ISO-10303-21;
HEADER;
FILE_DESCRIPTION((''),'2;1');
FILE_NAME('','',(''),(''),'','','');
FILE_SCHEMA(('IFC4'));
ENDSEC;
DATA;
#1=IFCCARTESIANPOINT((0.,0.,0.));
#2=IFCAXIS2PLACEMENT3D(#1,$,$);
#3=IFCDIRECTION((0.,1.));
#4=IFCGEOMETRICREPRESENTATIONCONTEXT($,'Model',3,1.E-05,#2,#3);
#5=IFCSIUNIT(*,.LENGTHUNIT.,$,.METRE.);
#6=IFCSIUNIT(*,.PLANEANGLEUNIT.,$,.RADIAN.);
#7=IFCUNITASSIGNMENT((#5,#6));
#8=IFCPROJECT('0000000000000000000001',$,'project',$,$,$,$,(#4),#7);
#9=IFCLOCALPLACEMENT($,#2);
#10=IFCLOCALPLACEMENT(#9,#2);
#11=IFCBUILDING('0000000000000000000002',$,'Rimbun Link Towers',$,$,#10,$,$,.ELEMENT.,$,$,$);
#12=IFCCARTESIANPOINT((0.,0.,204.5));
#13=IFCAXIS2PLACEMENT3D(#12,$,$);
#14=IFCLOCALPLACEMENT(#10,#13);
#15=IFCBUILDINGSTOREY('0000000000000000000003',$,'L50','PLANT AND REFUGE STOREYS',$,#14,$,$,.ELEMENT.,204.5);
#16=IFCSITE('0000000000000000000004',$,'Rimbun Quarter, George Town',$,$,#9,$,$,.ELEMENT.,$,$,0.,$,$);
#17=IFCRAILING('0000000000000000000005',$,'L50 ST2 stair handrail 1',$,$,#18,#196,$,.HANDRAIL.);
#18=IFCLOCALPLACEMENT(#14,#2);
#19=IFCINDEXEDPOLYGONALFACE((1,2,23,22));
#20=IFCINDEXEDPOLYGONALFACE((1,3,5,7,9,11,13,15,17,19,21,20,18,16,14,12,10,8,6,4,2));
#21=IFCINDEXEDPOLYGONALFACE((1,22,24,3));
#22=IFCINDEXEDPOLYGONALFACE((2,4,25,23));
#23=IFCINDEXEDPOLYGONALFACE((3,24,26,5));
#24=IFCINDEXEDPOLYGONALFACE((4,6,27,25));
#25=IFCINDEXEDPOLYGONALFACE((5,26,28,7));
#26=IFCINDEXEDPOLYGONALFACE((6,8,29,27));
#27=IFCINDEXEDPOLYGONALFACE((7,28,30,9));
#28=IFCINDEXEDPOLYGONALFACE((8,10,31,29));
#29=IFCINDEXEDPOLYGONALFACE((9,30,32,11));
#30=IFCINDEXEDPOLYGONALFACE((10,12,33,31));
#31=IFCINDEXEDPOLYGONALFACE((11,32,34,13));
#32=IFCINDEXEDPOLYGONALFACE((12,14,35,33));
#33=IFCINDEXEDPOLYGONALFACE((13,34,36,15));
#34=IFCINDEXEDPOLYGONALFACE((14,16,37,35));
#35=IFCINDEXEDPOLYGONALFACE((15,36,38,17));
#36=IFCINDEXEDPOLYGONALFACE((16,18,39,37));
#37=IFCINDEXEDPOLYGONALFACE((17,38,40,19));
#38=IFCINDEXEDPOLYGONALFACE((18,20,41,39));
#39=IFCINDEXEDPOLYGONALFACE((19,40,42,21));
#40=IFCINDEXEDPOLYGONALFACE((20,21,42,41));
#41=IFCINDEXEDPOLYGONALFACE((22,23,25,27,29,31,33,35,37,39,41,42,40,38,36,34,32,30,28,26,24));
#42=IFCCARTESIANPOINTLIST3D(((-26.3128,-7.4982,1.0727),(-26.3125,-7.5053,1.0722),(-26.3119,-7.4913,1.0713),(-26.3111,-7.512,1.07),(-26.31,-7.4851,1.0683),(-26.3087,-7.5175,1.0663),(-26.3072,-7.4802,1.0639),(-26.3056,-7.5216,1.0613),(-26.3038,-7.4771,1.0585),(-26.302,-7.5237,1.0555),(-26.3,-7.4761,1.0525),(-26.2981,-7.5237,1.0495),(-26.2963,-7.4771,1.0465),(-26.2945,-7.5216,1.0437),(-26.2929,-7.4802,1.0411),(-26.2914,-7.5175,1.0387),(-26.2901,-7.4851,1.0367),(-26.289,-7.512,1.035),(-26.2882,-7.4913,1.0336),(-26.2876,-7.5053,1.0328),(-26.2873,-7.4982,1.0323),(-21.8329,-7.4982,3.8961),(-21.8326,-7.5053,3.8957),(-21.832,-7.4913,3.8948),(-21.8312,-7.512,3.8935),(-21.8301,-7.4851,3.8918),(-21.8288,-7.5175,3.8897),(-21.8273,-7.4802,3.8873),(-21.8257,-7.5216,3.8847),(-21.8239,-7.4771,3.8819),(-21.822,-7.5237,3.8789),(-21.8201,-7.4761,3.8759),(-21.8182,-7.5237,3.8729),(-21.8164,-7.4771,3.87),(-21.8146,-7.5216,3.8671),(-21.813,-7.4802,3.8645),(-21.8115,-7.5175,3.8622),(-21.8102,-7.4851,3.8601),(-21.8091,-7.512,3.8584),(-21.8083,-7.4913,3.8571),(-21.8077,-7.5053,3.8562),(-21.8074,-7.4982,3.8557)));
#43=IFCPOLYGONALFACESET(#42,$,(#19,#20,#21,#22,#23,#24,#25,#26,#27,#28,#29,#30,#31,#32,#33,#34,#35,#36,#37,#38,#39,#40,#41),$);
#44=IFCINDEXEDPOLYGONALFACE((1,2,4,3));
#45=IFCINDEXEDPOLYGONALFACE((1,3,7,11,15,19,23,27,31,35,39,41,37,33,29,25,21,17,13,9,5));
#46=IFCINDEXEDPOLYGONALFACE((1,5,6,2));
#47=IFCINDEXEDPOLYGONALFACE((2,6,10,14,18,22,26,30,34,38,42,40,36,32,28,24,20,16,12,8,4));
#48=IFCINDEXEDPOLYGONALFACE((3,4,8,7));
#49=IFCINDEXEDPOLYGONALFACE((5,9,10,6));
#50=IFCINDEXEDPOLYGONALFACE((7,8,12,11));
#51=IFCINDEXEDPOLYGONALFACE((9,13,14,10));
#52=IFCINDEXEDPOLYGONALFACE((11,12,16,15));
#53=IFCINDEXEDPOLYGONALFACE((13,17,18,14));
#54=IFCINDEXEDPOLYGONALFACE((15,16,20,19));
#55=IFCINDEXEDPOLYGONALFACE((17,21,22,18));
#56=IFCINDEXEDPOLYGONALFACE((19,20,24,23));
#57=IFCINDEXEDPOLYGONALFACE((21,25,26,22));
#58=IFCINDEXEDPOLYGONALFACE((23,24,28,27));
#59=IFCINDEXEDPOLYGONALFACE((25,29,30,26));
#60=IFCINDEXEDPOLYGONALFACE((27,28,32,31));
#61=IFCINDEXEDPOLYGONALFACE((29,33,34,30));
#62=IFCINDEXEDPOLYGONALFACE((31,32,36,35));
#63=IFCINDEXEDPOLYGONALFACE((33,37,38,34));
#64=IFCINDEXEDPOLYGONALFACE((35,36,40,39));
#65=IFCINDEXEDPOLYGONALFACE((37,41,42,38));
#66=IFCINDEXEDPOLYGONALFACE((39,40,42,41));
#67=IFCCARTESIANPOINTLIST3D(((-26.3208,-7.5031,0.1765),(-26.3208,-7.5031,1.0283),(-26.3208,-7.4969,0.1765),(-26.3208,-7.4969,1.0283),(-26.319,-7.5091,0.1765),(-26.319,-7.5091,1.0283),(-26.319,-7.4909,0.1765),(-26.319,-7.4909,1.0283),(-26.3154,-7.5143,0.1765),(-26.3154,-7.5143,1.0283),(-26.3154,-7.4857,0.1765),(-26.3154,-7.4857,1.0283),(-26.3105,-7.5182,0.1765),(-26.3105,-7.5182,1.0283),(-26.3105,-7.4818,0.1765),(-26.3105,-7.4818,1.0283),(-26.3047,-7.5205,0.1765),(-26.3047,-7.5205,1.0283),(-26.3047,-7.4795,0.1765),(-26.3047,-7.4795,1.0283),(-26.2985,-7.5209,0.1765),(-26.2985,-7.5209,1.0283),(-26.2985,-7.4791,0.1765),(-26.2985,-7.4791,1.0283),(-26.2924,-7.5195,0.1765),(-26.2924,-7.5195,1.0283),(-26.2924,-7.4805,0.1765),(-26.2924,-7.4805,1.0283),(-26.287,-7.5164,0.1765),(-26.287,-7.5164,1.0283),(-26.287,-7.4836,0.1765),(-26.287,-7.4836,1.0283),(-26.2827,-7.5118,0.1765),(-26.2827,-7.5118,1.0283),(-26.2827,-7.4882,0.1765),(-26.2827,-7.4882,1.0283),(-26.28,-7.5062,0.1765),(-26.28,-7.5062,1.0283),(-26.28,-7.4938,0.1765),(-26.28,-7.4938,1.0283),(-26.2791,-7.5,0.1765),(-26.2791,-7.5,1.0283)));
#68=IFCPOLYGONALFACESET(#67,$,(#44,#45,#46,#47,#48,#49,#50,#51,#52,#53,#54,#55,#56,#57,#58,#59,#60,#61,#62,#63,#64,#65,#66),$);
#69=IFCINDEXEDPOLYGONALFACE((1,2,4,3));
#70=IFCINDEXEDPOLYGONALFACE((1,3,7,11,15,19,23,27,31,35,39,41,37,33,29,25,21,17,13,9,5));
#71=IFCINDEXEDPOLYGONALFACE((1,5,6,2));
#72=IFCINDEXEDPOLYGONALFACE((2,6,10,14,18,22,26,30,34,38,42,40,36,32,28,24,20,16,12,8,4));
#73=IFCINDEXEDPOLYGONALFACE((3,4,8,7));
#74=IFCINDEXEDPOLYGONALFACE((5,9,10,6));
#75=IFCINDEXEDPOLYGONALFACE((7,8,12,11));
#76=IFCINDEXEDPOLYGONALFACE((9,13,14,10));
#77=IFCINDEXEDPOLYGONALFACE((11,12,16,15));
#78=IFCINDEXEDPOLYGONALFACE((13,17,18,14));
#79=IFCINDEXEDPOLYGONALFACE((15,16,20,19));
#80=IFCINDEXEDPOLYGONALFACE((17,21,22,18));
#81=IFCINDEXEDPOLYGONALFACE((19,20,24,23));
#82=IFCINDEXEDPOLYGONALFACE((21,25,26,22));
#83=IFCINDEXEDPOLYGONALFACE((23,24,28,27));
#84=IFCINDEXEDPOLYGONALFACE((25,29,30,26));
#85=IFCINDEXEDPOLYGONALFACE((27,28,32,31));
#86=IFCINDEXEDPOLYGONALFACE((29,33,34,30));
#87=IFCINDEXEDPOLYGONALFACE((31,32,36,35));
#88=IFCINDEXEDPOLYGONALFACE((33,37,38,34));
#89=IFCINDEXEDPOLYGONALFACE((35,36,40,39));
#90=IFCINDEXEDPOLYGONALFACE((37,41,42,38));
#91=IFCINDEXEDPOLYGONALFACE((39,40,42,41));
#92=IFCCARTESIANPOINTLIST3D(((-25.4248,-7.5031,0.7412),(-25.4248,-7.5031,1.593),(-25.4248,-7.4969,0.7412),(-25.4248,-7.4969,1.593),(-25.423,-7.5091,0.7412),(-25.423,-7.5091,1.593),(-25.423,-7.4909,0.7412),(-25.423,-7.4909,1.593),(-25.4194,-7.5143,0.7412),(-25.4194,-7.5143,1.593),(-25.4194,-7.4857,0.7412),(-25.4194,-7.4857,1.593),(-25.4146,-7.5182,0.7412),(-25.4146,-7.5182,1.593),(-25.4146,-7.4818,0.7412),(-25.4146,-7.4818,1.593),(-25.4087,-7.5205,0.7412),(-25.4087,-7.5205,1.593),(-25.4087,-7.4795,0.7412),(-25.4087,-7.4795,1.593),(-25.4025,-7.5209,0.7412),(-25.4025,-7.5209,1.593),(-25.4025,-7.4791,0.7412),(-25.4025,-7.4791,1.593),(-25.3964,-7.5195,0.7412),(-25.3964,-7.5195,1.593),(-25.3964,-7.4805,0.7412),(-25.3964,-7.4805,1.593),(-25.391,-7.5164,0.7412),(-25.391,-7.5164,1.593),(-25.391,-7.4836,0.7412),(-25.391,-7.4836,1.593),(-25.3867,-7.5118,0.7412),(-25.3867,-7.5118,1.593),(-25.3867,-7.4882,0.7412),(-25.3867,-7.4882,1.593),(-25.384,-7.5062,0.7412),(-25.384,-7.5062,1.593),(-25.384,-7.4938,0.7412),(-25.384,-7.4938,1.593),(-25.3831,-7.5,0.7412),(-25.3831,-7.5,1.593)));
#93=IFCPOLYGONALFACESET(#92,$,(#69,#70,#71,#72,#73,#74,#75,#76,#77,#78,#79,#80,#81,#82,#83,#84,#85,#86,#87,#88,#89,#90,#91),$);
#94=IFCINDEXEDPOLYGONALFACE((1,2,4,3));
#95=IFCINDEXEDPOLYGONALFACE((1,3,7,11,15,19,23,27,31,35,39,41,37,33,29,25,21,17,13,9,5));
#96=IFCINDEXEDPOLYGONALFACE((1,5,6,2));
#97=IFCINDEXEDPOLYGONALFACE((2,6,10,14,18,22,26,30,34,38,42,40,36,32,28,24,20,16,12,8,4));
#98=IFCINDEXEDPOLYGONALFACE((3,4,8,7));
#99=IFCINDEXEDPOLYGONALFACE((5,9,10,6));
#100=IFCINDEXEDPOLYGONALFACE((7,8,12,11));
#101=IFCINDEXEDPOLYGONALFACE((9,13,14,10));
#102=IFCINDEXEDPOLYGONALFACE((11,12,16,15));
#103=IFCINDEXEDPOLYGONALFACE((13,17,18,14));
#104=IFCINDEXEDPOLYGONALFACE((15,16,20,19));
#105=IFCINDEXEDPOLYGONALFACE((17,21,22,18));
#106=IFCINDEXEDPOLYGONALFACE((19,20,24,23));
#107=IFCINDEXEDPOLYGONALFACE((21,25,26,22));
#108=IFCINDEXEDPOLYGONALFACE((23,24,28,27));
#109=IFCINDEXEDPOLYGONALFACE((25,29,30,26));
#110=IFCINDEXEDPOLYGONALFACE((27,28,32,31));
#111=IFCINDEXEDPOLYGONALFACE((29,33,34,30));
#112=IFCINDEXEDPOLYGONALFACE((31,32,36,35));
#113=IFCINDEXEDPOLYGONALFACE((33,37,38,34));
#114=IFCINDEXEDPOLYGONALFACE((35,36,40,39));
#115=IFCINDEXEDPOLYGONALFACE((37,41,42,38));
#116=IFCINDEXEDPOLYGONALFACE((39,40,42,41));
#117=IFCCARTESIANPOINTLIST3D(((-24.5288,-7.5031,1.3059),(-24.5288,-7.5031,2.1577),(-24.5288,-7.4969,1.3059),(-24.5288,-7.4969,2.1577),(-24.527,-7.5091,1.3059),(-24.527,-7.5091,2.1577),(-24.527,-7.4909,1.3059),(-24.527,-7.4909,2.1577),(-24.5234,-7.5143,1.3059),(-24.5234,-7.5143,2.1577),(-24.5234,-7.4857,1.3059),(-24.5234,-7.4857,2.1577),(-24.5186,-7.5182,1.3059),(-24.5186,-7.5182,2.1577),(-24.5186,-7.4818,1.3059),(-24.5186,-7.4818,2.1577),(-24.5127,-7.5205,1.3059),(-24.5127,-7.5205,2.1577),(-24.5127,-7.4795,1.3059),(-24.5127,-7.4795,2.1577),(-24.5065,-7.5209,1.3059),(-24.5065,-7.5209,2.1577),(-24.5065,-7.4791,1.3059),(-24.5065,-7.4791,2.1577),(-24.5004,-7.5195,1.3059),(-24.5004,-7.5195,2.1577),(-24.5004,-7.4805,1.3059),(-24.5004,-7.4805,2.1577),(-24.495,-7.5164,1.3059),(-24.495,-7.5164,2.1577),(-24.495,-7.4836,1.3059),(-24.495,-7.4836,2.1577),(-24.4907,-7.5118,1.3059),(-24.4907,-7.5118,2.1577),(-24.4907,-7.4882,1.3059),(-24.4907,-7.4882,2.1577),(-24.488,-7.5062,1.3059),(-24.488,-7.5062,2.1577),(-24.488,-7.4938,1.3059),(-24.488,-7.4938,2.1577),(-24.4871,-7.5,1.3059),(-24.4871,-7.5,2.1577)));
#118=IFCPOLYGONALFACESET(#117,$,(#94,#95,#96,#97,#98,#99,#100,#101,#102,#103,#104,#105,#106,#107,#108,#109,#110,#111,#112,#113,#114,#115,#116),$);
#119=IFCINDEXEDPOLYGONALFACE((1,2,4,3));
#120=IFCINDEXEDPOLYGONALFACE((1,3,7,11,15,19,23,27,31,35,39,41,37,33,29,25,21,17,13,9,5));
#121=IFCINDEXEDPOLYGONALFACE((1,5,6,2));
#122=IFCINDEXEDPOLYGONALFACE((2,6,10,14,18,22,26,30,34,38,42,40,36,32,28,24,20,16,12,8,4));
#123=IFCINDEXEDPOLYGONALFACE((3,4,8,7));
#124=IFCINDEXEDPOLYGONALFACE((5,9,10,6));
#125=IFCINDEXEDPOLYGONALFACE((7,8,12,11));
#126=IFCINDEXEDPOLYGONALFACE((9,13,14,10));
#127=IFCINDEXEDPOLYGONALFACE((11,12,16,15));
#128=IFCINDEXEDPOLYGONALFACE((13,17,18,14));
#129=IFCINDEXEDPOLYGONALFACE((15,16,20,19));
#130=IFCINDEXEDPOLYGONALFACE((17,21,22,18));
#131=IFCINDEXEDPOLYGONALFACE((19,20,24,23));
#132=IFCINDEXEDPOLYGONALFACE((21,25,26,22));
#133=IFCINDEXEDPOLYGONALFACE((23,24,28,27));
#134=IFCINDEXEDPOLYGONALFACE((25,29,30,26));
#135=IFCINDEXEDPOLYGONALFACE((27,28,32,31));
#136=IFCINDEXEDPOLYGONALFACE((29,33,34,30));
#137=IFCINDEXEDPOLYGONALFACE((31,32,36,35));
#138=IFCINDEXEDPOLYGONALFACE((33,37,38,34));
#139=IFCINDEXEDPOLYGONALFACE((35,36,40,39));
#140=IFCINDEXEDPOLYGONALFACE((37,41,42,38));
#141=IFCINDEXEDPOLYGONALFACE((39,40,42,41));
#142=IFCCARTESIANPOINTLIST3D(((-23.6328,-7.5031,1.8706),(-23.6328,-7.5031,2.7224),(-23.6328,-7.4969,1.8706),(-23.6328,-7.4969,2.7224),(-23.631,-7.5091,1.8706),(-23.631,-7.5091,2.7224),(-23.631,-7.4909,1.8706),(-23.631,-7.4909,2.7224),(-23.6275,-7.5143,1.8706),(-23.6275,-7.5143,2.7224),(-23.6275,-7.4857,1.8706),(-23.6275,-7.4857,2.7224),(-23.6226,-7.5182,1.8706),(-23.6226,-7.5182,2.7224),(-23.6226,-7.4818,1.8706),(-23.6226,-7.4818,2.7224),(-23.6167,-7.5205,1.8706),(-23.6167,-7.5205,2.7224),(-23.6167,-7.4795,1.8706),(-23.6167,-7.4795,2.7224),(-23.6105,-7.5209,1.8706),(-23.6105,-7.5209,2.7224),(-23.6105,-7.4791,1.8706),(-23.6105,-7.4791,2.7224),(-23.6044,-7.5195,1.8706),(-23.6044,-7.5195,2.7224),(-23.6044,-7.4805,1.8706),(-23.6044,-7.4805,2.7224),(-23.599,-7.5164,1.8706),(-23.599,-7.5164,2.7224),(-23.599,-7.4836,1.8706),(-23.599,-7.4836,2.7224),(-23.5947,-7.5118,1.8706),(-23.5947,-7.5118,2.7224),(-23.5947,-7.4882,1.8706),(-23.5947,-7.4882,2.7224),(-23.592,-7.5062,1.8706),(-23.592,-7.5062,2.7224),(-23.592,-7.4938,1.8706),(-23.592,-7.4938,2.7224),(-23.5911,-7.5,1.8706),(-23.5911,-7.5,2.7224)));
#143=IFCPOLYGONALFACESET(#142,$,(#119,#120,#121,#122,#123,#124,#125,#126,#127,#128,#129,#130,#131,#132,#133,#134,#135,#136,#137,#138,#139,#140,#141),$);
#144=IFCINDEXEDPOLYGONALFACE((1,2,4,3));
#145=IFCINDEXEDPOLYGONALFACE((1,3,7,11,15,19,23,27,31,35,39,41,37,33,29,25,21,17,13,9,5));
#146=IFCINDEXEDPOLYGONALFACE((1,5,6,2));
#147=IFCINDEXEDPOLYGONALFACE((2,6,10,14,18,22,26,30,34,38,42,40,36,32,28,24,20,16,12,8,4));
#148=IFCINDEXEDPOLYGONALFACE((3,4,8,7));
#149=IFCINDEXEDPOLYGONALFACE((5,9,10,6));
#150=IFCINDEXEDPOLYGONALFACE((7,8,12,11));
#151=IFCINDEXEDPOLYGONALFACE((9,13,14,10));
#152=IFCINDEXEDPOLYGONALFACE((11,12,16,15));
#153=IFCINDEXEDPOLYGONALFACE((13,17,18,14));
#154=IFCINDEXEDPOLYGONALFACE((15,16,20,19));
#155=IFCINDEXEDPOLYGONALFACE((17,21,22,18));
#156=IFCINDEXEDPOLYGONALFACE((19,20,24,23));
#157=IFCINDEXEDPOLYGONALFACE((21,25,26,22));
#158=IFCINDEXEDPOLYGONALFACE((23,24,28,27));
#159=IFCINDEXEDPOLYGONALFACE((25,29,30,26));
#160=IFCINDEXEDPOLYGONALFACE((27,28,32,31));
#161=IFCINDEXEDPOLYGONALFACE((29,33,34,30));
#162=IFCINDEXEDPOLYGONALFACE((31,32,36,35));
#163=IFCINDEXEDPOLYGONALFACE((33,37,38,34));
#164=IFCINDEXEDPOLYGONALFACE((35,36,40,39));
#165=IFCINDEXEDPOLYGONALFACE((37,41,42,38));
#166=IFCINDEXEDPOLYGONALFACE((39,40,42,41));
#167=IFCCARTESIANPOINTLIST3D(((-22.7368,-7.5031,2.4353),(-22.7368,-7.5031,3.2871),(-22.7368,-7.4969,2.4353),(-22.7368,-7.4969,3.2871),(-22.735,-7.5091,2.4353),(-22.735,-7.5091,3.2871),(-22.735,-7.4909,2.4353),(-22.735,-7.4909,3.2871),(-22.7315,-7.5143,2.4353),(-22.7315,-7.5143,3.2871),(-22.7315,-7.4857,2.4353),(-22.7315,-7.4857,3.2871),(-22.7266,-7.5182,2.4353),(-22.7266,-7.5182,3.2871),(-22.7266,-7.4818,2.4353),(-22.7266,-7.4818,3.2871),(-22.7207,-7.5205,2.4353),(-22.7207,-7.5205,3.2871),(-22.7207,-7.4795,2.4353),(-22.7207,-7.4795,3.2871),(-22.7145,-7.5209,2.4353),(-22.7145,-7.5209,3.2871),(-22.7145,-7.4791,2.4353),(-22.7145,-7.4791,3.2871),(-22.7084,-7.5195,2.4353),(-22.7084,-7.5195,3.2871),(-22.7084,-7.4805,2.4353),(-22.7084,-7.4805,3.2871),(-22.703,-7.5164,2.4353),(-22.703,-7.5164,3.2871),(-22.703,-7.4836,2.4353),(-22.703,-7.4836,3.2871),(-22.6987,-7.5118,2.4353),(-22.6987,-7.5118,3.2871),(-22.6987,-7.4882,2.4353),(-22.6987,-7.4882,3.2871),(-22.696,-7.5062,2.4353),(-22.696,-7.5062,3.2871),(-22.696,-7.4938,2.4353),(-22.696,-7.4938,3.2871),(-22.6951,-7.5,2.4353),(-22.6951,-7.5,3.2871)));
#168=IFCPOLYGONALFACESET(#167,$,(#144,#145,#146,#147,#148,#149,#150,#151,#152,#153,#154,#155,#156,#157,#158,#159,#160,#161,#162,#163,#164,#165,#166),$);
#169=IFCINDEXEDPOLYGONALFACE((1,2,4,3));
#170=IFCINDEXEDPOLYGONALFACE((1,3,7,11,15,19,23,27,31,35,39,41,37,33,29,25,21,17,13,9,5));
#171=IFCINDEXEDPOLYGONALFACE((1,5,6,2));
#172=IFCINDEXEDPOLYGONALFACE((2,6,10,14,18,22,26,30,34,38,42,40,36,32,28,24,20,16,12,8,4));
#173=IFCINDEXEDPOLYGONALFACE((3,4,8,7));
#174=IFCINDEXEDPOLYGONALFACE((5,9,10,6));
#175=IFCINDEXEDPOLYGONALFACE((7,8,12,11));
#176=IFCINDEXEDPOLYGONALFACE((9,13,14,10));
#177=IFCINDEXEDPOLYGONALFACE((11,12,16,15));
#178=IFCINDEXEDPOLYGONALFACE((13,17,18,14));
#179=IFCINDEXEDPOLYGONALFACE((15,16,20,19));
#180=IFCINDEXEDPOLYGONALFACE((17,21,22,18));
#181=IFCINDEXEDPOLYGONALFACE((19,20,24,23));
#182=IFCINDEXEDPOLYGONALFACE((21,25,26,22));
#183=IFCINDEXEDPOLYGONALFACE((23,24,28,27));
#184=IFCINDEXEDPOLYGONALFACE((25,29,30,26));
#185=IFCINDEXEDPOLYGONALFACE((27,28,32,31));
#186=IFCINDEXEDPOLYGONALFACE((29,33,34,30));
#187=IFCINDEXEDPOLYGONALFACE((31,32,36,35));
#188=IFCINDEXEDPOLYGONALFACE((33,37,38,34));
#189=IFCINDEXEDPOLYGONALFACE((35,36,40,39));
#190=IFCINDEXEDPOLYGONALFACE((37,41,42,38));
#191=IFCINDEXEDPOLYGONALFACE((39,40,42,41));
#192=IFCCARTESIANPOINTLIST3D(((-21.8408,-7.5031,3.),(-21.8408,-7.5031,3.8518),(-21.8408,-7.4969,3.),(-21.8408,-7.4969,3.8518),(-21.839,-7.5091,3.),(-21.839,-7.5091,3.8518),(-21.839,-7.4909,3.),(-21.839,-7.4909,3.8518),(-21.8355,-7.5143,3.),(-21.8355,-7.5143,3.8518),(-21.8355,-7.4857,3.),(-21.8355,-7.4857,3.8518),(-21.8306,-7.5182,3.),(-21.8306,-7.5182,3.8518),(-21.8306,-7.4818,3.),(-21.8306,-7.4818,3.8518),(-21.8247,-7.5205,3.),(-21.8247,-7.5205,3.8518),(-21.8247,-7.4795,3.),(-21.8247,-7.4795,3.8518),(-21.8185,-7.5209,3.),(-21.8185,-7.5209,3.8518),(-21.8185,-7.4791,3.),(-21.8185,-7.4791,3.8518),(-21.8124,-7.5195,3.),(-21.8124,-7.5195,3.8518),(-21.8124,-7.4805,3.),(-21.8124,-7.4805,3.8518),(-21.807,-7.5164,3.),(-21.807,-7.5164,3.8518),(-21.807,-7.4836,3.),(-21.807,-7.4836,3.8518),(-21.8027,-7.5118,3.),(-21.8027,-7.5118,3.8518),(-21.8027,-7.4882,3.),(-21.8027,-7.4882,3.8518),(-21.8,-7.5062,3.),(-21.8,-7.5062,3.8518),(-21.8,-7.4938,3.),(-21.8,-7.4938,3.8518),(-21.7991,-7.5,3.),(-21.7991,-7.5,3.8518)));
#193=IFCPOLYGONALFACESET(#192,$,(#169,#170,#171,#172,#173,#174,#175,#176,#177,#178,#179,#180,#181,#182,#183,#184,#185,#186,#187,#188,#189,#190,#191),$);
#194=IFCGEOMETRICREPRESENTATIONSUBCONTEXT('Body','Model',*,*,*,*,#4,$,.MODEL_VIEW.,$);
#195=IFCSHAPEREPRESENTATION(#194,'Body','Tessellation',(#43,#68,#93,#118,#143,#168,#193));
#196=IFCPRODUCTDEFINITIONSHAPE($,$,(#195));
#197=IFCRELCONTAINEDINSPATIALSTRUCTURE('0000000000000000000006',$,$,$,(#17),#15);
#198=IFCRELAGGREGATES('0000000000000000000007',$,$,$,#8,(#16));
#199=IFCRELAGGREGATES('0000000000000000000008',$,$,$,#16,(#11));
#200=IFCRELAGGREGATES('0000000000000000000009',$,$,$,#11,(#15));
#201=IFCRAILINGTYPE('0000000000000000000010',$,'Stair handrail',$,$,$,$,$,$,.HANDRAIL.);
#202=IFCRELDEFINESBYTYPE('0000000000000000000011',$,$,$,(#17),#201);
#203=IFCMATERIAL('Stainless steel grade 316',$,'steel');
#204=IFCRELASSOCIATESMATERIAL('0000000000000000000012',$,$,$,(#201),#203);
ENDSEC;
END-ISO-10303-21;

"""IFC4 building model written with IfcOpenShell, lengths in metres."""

from ifc_helpers import new_model, si_unit, direction, frame, origin, origin_2d, place, context, subcontext, project, spatial, circle, extrude, material, type_object, element, save


model = new_model("IFC4")

# Units and contexts
model_context = context("Model", 3, precision=1e-05, world=origin(), true_north=direction((0.0, 1.0)))
body_context = subcontext(model_context, "Body", "Model", "MODEL_VIEW")
ifc_project = project(units=[si_unit("LENGTHUNIT", "METRE"), si_unit("PLANEANGLEUNIT", "RADIAN")], contexts=[model_context])

# Site, building, storey
site_placement = place(None, origin())
site = spatial("IfcSite", under=ifc_project, at=site_placement, Name="Rimbun Quarter, George Town", CompositionType="ELEMENT", RefElevation=0.0)
building_placement = place(site_placement, origin())
building = spatial("IfcBuilding", under=site, at=building_placement, Name="Rimbun Link Towers", CompositionType="ELEMENT")
storey_placement = place(building_placement, frame((0.0, 0.0, 204.5)))
storey = spatial("IfcBuildingStorey", under=building, at=storey_placement, Name="L50", Description="PLANT AND REFUGE STOREYS", CompositionType="ELEMENT", Elevation=204.5)

# Railing
ifc_material_1 = material(Name="Stainless steel grade 316", Category="steel")
railing_type_1 = type_object("IfcRailingType", Name="Stair handrail", PredefinedType="HANDRAIL", material=ifc_material_1)
railing_1_placement = place(storey_placement, frame((-26.3, -7.5, 0.1765)))
element("IfcRailing", 1, at=railing_1_placement, inside=storey, type_object=railing_type_1, Name="L50 ST2 stair handrail 1", PredefinedType="HANDRAIL", context=body_context, shape_type="SweptSolid", body=[
    extrude(circle(Radius=0.0239, at=origin_2d()), frame((0.0, 0.0, 0.876), z_axis=(0.845998, 0.0, 0.533186), x_axis=(0.0, 1.0, 0.0)), (0.0, 0.0, 1.0), 5.2954),
    extrude(circle(Radius=0.021, at=origin_2d()), origin(), (0.0, 0.0, 1.0), 0.8518),
    extrude(circle(Radius=0.021, at=origin_2d()), frame((0.896, 0.0, 0.5647)), (0.0, 0.0, 1.0), 0.8518),
    extrude(circle(Radius=0.021, at=origin_2d()), frame((1.792, 0.0, 1.1294)), (0.0, 0.0, 1.0), 0.8518),
    extrude(circle(Radius=0.021, at=origin_2d()), frame((2.688, 0.0, 1.6941)), (0.0, 0.0, 1.0), 0.8518),
    extrude(circle(Radius=0.021, at=origin_2d()), frame((3.584, 0.0, 2.2588)), (0.0, 0.0, 1.0), 0.8518),
    extrude(circle(Radius=0.021, at=origin_2d()), frame((4.48, 0.0, 2.8235)), (0.0, 0.0, 1.0), 0.8518),
])

save(model, "model.ifc")
